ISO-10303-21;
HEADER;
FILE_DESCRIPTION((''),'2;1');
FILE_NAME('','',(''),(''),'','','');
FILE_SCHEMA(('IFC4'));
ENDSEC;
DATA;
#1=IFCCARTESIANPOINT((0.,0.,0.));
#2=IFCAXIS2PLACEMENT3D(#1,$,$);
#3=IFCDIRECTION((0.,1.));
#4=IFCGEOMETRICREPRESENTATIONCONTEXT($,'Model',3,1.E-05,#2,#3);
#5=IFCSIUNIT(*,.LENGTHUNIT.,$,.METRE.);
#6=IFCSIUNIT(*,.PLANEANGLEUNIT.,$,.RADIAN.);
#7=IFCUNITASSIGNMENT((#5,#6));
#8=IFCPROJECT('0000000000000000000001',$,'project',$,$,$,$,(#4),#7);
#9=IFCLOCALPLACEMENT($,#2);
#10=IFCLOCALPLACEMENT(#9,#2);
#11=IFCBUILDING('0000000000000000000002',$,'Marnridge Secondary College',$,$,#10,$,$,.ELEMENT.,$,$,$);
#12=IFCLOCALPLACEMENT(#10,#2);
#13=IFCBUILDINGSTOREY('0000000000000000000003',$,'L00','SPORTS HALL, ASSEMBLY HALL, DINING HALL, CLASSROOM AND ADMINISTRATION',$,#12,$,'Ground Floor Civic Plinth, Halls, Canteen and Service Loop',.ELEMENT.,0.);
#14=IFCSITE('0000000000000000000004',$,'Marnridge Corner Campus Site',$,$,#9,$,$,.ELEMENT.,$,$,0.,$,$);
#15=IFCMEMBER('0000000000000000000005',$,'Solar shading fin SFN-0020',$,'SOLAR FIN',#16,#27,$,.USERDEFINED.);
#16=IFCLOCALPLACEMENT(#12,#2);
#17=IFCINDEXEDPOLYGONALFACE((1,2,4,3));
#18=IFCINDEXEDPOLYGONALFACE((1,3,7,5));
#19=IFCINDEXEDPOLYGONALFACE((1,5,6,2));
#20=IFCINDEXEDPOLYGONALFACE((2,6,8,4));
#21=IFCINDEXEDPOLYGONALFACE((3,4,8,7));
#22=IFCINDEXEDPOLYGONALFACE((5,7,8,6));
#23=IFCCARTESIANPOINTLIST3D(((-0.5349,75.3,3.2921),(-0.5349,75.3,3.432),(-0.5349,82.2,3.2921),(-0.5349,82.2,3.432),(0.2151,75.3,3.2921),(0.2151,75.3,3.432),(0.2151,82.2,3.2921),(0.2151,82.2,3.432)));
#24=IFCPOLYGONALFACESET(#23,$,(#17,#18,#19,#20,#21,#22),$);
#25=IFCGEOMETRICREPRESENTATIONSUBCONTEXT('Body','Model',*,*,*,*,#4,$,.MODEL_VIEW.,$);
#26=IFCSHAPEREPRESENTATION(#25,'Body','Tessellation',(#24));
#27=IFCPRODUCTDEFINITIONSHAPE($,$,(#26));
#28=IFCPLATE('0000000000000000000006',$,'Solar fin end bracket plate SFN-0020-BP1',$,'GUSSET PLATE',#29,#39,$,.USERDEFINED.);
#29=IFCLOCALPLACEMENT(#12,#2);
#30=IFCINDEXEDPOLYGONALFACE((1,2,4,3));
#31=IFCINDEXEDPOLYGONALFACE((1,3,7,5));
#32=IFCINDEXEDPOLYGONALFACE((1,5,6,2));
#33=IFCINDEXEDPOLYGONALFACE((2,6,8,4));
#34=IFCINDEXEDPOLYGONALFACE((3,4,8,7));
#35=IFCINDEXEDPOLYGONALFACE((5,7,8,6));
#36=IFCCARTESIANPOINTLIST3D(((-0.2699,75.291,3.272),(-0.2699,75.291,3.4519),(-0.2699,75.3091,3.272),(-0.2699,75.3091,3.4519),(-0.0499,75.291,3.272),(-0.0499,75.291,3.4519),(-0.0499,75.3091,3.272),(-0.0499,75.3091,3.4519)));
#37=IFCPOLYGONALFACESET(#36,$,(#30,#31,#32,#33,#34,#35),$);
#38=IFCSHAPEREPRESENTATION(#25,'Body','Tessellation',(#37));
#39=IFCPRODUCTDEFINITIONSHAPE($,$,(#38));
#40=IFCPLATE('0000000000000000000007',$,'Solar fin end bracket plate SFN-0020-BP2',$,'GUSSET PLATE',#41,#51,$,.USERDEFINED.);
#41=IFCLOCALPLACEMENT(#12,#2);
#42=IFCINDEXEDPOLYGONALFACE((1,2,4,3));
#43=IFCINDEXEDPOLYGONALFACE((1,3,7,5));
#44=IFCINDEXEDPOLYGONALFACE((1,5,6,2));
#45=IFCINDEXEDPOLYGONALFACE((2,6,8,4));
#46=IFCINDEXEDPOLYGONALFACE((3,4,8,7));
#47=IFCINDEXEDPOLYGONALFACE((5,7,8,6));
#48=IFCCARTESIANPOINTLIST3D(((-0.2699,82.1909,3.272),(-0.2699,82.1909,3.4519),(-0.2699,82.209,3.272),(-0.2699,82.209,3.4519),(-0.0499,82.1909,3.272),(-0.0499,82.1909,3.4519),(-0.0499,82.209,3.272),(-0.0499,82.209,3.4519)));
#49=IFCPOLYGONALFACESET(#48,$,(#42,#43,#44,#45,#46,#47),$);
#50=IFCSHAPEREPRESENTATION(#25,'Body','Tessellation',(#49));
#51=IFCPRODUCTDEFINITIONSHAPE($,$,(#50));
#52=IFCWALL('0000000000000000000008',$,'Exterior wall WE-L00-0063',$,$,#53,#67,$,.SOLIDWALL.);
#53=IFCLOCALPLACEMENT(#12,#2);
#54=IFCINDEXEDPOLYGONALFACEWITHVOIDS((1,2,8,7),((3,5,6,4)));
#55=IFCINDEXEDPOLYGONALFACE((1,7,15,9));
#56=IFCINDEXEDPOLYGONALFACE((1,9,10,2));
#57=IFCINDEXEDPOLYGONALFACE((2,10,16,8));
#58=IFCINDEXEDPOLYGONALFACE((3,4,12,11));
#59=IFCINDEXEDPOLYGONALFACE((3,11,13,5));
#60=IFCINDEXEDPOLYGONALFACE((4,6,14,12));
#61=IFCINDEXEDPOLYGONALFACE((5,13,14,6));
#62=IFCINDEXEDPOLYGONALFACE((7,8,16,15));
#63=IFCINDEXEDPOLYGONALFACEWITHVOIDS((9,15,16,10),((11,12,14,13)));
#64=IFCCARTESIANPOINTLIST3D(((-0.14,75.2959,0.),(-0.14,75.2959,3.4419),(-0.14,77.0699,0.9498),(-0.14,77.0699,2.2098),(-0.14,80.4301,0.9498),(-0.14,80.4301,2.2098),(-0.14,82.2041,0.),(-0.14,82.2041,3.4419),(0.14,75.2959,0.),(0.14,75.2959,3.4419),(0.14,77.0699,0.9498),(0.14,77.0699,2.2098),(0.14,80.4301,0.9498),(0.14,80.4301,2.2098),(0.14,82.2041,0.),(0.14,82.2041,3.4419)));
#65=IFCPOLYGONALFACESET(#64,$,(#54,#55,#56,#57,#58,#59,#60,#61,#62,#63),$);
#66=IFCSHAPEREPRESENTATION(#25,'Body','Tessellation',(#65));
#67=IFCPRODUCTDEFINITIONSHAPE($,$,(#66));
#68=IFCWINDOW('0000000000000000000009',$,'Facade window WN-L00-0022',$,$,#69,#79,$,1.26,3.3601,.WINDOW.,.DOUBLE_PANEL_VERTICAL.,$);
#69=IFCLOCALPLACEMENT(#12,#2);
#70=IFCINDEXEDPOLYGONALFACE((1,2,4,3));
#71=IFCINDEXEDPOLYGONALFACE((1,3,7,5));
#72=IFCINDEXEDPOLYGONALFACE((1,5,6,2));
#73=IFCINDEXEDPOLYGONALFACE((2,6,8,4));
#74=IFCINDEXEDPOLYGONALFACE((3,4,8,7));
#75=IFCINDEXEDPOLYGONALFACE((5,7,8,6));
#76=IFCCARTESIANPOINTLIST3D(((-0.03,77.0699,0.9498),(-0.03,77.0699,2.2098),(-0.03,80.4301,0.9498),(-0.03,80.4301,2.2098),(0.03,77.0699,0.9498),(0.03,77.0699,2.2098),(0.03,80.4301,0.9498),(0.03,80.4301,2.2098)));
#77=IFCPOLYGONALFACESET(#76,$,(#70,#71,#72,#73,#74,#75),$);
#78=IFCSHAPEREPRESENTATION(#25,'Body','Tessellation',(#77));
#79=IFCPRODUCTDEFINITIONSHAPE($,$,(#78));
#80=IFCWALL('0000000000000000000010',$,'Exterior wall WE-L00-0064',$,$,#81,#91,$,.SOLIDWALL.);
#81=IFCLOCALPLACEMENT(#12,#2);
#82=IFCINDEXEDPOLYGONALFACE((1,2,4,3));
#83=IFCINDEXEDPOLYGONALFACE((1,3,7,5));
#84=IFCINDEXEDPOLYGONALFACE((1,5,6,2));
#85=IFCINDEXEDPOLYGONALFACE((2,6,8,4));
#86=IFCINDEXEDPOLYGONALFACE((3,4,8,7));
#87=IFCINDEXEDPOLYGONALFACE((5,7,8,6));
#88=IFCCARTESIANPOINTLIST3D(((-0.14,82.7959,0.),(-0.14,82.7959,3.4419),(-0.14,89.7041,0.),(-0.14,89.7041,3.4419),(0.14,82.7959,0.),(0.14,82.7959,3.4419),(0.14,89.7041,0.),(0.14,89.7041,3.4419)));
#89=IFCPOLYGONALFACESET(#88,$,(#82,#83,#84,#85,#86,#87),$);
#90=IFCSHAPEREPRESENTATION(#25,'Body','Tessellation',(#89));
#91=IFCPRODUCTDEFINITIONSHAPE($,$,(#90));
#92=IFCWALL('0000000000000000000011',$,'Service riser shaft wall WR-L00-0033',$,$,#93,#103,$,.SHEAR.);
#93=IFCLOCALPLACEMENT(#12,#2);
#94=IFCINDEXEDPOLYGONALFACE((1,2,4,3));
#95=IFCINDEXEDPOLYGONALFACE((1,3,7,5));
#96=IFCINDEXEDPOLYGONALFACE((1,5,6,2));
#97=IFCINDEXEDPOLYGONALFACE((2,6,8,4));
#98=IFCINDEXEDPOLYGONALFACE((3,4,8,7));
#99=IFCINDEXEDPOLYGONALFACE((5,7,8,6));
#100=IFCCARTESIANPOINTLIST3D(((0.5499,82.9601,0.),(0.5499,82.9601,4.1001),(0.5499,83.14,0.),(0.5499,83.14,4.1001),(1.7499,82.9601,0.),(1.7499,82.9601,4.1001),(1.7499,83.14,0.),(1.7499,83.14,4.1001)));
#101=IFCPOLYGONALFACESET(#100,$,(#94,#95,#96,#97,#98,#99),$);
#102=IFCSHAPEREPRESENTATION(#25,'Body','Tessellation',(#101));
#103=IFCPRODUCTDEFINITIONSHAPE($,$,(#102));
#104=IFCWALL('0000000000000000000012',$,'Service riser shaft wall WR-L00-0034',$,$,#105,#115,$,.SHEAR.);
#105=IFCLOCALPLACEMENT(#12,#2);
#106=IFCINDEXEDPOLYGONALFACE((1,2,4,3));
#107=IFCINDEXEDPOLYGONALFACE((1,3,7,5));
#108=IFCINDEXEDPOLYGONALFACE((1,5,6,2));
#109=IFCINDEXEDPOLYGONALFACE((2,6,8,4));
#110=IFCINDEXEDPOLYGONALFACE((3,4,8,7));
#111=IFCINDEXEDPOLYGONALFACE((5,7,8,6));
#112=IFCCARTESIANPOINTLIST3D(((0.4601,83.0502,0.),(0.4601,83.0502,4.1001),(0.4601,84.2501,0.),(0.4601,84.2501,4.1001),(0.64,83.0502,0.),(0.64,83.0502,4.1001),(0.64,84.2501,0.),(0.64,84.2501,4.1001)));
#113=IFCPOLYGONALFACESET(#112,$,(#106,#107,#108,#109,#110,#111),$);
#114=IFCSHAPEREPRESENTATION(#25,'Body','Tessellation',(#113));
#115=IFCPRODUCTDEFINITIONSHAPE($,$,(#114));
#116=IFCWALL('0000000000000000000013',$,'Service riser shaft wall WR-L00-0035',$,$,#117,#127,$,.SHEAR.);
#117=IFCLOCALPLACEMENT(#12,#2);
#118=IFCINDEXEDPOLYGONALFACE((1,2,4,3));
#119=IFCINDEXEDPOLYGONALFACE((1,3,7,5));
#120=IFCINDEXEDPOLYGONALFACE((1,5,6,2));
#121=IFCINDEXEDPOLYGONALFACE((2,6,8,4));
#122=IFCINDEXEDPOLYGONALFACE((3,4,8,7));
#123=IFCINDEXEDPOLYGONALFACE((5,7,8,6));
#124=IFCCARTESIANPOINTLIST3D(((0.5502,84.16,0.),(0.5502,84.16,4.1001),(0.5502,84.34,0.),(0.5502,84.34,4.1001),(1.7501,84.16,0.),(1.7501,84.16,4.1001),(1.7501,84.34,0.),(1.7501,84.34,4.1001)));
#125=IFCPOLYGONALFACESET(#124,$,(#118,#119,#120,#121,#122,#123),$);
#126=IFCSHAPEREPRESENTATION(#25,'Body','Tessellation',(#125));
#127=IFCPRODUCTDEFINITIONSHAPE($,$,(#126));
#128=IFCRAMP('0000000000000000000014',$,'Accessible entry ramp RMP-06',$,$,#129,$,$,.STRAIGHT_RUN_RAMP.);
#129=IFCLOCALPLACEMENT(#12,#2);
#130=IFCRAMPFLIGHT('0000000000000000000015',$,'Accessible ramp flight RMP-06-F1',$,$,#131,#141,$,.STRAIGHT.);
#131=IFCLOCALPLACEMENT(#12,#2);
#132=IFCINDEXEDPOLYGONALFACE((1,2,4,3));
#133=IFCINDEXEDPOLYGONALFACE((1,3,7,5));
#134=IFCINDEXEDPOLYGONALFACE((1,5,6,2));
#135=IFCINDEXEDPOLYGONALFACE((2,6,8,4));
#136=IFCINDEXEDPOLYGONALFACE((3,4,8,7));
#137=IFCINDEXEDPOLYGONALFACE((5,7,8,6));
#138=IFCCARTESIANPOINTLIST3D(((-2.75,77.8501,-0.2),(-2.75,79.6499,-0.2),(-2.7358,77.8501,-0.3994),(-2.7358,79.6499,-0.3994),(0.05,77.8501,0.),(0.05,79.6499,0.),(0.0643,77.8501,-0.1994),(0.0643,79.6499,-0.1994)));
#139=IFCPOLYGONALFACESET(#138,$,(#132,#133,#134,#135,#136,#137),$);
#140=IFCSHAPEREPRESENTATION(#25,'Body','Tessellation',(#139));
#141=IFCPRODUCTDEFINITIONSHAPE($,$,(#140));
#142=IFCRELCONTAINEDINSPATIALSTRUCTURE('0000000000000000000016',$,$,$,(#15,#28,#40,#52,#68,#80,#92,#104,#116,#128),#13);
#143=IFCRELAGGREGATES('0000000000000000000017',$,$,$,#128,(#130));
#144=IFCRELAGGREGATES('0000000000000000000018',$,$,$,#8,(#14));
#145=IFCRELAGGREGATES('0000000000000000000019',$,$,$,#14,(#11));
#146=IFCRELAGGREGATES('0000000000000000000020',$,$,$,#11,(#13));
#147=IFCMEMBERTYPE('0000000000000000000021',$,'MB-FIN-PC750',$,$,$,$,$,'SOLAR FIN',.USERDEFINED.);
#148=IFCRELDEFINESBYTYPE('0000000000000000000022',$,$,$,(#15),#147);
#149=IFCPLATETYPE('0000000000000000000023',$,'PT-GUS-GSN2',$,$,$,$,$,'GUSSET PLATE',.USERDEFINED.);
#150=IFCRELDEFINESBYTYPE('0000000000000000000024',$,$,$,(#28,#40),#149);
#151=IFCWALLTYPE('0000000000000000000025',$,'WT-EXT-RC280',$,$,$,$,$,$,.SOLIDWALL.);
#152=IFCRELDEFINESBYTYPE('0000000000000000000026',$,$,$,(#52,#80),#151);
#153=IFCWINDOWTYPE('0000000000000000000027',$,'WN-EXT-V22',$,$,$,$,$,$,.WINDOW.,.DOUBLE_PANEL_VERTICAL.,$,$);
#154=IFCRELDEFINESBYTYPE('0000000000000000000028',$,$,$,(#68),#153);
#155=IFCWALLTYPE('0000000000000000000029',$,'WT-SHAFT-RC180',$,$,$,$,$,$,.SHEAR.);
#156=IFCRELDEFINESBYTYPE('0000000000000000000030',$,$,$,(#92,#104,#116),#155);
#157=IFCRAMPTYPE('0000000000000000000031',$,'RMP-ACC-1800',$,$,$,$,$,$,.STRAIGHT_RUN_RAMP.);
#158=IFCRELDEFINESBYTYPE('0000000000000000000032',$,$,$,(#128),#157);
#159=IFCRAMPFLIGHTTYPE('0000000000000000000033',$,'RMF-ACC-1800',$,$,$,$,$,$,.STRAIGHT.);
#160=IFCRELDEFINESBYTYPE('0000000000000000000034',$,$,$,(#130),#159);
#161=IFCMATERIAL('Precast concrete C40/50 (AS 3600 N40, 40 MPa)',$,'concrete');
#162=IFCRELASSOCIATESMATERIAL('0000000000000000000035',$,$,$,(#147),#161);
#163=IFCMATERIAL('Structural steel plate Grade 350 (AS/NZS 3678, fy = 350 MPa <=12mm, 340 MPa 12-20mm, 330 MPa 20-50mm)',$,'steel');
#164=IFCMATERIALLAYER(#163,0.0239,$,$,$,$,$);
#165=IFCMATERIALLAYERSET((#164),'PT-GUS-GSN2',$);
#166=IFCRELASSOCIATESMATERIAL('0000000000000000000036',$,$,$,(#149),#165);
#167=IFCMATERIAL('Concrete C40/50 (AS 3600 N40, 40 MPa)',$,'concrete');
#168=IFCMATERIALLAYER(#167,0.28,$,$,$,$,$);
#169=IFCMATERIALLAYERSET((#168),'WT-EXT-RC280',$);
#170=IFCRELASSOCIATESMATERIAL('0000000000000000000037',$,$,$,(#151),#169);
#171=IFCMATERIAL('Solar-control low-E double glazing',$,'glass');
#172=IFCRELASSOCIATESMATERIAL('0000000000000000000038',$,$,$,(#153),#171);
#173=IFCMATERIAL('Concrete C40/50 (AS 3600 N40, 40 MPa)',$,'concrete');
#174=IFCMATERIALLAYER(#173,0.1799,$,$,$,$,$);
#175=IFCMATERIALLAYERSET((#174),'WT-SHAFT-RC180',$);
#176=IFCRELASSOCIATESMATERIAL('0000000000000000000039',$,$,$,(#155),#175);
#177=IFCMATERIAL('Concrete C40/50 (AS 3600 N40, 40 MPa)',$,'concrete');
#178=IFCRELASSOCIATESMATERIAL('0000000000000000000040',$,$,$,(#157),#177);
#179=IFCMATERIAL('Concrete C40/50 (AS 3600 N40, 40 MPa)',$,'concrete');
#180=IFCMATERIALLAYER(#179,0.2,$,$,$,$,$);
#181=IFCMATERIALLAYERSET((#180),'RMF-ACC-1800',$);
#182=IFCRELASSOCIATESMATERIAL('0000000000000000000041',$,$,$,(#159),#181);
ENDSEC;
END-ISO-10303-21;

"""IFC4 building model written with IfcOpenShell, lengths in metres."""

from ifc_helpers import new_model, si_unit, direction, frame, frame_2d, origin, origin_2d, place, context, subcontext, project, spatial, polyline, rectangle, outline, extrude, material, layer, layer_set, material_profile, profile_set, type_object, element, fill, aggregate, save


model = new_model("IFC4")

# Units and contexts
model_context = context("Model", 3, precision=1e-05, world=origin(), true_north=direction((0.0, 1.0)))
body_context = subcontext(model_context, "Body", "Model", "MODEL_VIEW")
ifc_project = project(units=[si_unit("LENGTHUNIT", "METRE"), si_unit("PLANEANGLEUNIT", "RADIAN")], contexts=[model_context])

# Site, building, storey
site_placement = place(None, origin())
site = spatial("IfcSite", under=ifc_project, at=site_placement, Name="Marnridge Corner Campus Site", CompositionType="ELEMENT", RefElevation=0.0)
building_placement = place(site_placement, origin())
building = spatial("IfcBuilding", under=site, at=building_placement, Name="Marnridge Secondary College", CompositionType="ELEMENT")
storey_placement = place(building_placement, origin())
storey = spatial("IfcBuildingStorey", under=building, at=storey_placement, Name="L00", Description="SPORTS HALL, ASSEMBLY HALL, DINING HALL, CLASSROOM AND ADMINISTRATION", LongName="Ground Floor Civic Plinth, Halls, Canteen and Service Loop", CompositionType="ELEMENT", Elevation=0.0)

# Member
ifc_material_1 = material(Name="Precast concrete C40/50 (AS 3600 N40, 40 MPa)", Category="concrete")
ifc_material_profile_1 = material_profile(ifc_material_1, rectangle(XDim=0.1399, YDim=0.75, at=origin_2d()), Name="FIN PC 140x750")
ifc_profile_set_1 = profile_set([ifc_material_profile_1], Name="Precast concrete C40/50 (AS 3600 N40, 40 MPa)")
member_type = type_object("IfcMemberType", Name="MB-FIN-PC750", ElementType="SOLAR FIN", PredefinedType="USERDEFINED", material=ifc_profile_set_1)
member_placement = place(storey_placement, frame((-0.1599, 75.3, 3.3621), z_axis=(0.0, 1.0, 0.0), x_axis=(0.0, 0.0, 1.0)))
element("IfcMember", 1, at=member_placement, inside=storey, type_object=member_type, Name="Solar shading fin SFN-0020", ObjectType="SOLAR FIN", PredefinedType="USERDEFINED", context=body_context, shape_type="SweptSolid", body=[
    extrude(rectangle(XDim=0.1399, YDim=0.75, at=origin_2d()), origin(), (0.0, 0.0, 1.0), 6.8999),
])

# Plates
ifc_material_2 = material(Name="Structural steel plate Grade 350 (AS/NZS 3678, fy = 350 MPa <=12mm, 340 MPa 12-20mm, 330 MPa 20-50mm)", Category="steel")
ifc_layer_1 = layer(ifc_material_2, 0.0239)
ifc_layer_set_1 = layer_set([ifc_layer_1], Name="PT-GUS-GSN2")
plate_type = type_object("IfcPlateType", Name="PT-GUS-GSN2", ElementType="GUSSET PLATE", PredefinedType="USERDEFINED", material=ifc_layer_set_1)
for number, where, z_axis, x_axis, name in (
    (2, (-0.1599, 75.3, 3.272), (0.0, 0.0, 1.0), (1.0, 0.0, 0.0), "Solar fin end bracket plate SFN-0020-BP1"),
    (3, (-0.1599, 82.2, 3.272), (0.0, 0.0, 1.0), (1.0, 0.0, 0.0), "Solar fin end bracket plate SFN-0020-BP2"),
):
    element("IfcPlate", number, at=place(storey_placement, frame(where, z_axis=z_axis, x_axis=x_axis)), inside=storey, type_object=plate_type, Name=name, ObjectType="GUSSET PLATE", PredefinedType="USERDEFINED", context=body_context, shape_type="SweptSolid", body=[
        extrude(rectangle(XDim=0.22, YDim=0.0181, at=origin_2d()), origin(), (0.0, 0.0, 1.0), 0.1799),
    ])

# Wall, opening, window
ifc_material_3 = material(Name="Concrete C40/50 (AS 3600 N40, 40 MPa)", Category="concrete")
ifc_layer_2 = layer(ifc_material_3, 0.28)
ifc_layer_set_2 = layer_set([ifc_layer_2], Name="WT-EXT-RC280")
wall_type_1 = type_object("IfcWallType", Name="WT-EXT-RC280", PredefinedType="SOLIDWALL", material=ifc_layer_set_2)
wall_1_placement = place(storey_placement, frame((0.0, 75.2959, 0.0), z_axis=(0.0, 0.0, 1.0), x_axis=(0.0, 1.0, 0.0)))
wall_1 = element("IfcWall", 4, at=wall_1_placement, inside=storey, type_object=wall_type_1, Name="Exterior wall WE-L00-0063", PredefinedType="SOLIDWALL", context=body_context, shape_type="SweptSolid", body=[
    extrude(rectangle(XDim=6.9082, YDim=0.28, at=frame_2d((3.4541, 0.0))), origin(), (0.0, 0.0, 1.0), 3.4419),
])
opening_placement = place(wall_1_placement, frame((1.7739, 0.0, 0.95)))
opening = element("IfcOpeningElement", 5, at=opening_placement, cuts=wall_1, PredefinedType="OPENING", context=body_context, shape_type="SweptSolid", body=[
    extrude(rectangle(XDim=3.3601, YDim=1.26, at=frame_2d((1.6802, 0.6299))), frame((0.0, 0.1499, 0.0), z_axis=(0.0, -1.0, 0.0), x_axis=(1.0, 0.0, 0.0)), (0.0, 0.0, 1.0), 0.3),
])
ifc_material_4 = material(Name="Solar-control low-E double glazing", Category="glass")
window_type = type_object("IfcWindowType", Name="WN-EXT-V22", PartitioningType="DOUBLE_PANEL_VERTICAL", PredefinedType="WINDOW", material=ifc_material_4)
window_placement = place(opening_placement, origin())
window = element("IfcWindow", 6, at=window_placement, inside=storey, type_object=window_type, Name="Facade window WN-L00-0022", OverallHeight=1.26, OverallWidth=3.3601, PartitioningType="DOUBLE_PANEL_VERTICAL", PredefinedType="WINDOW", context=body_context, shape_type="SweptSolid", body=[
    extrude(rectangle(XDim=3.3601, YDim=1.26, at=frame_2d((1.6802, 0.6299))), frame((0.0, 0.03, 0.0), z_axis=(0.0, -1.0, 0.0), x_axis=(1.0, 0.0, 0.0)), (0.0, 0.0, 1.0), 0.0601),
])
fill(opening, window)

# Walls
wall_2_placement = place(storey_placement, frame((0.0, 82.7959, 0.0), z_axis=(0.0, 0.0, 1.0), x_axis=(0.0, 1.0, 0.0)))
element("IfcWall", 7, at=wall_2_placement, inside=storey, type_object=wall_type_1, Name="Exterior wall WE-L00-0064", PredefinedType="SOLIDWALL", context=body_context, shape_type="SweptSolid", body=[
    extrude(rectangle(XDim=6.9082, YDim=0.28, at=frame_2d((3.4541, 0.0))), origin(), (0.0, 0.0, 1.0), 3.4419),
])
ifc_material_5 = material(Name="Concrete C40/50 (AS 3600 N40, 40 MPa)", Category="concrete")
ifc_layer_3 = layer(ifc_material_5, 0.1799)
ifc_layer_set_3 = layer_set([ifc_layer_3], Name="WT-SHAFT-RC180")
wall_type_2 = type_object("IfcWallType", Name="WT-SHAFT-RC180", PredefinedType="SHEAR", material=ifc_layer_set_3)
for number, where, z_axis, x_axis, name in (
    (8, (1.75, 83.05, 0.0), (0.0, 0.0, 1.0), (-1.0, 0.0, 0.0), "Service riser shaft wall WR-L00-0033"),
    (9, (0.55, 83.05, 0.0), (0.0, 0.0, 1.0), (0.0, 1.0, 0.0), "Service riser shaft wall WR-L00-0034"),
    (10, (0.55, 84.25, 0.0), (0.0, 0.0, 1.0), (1.0, 0.0, 0.0), "Service riser shaft wall WR-L00-0035"),
):
    element("IfcWall", number, at=place(storey_placement, frame(where, z_axis=z_axis, x_axis=x_axis)), inside=storey, type_object=wall_type_2, Name=name, PredefinedType="SHEAR", context=body_context, shape_type="SweptSolid", body=[
        extrude(rectangle(XDim=1.2, YDim=0.1799, at=frame_2d((0.6001, 0.0))), origin(), (0.0, 0.0, 1.0), 4.1001),
    ])

# Ramp, ramp flight
ifc_material_6 = material(Name="Concrete C40/50 (AS 3600 N40, 40 MPa)", Category="concrete")
ramp_type = type_object("IfcRampType", Name="RMP-ACC-1800", PredefinedType="STRAIGHT_RUN_RAMP", material=ifc_material_6)
ramp_placement = place(storey_placement, origin())
ramp = element("IfcRamp", 11, at=ramp_placement, inside=storey, type_object=ramp_type, Name="Accessible entry ramp RMP-06", PredefinedType="STRAIGHT_RUN_RAMP")
ifc_material_7 = material(Name="Concrete C40/50 (AS 3600 N40, 40 MPa)", Category="concrete")
ifc_layer_4 = layer(ifc_material_7, 0.2)
ifc_layer_set_4 = layer_set([ifc_layer_4], Name="RMF-ACC-1800")
ramp_flight_type = type_object("IfcRampFlightType", Name="RMF-ACC-1800", PredefinedType="STRAIGHT", material=ifc_layer_set_4)
ramp_flight_placement = place(storey_placement, frame((-2.75, 79.6499, -0.2), z_axis=(-0.071229, 0.0, 0.99746), x_axis=(0.0, -1.0, 0.0)))
ramp_flight = element("IfcRampFlight", 12, at=ramp_flight_placement, type_object=ramp_flight_type, Name="Accessible ramp flight RMP-06-F1", PredefinedType="STRAIGHT", context=body_context, shape_type="SweptSolid", body=[
    extrude(outline(polyline([(0.0, 0.0), (1.7998, 0.0), (1.7998, 2.8072), (0.0, 2.8072), (0.0, 0.0)])), origin(), (0.0, 0.0, -1.0), 0.2),
])
aggregate(ramp, [ramp_flight])

save(model, "model.ifc")
